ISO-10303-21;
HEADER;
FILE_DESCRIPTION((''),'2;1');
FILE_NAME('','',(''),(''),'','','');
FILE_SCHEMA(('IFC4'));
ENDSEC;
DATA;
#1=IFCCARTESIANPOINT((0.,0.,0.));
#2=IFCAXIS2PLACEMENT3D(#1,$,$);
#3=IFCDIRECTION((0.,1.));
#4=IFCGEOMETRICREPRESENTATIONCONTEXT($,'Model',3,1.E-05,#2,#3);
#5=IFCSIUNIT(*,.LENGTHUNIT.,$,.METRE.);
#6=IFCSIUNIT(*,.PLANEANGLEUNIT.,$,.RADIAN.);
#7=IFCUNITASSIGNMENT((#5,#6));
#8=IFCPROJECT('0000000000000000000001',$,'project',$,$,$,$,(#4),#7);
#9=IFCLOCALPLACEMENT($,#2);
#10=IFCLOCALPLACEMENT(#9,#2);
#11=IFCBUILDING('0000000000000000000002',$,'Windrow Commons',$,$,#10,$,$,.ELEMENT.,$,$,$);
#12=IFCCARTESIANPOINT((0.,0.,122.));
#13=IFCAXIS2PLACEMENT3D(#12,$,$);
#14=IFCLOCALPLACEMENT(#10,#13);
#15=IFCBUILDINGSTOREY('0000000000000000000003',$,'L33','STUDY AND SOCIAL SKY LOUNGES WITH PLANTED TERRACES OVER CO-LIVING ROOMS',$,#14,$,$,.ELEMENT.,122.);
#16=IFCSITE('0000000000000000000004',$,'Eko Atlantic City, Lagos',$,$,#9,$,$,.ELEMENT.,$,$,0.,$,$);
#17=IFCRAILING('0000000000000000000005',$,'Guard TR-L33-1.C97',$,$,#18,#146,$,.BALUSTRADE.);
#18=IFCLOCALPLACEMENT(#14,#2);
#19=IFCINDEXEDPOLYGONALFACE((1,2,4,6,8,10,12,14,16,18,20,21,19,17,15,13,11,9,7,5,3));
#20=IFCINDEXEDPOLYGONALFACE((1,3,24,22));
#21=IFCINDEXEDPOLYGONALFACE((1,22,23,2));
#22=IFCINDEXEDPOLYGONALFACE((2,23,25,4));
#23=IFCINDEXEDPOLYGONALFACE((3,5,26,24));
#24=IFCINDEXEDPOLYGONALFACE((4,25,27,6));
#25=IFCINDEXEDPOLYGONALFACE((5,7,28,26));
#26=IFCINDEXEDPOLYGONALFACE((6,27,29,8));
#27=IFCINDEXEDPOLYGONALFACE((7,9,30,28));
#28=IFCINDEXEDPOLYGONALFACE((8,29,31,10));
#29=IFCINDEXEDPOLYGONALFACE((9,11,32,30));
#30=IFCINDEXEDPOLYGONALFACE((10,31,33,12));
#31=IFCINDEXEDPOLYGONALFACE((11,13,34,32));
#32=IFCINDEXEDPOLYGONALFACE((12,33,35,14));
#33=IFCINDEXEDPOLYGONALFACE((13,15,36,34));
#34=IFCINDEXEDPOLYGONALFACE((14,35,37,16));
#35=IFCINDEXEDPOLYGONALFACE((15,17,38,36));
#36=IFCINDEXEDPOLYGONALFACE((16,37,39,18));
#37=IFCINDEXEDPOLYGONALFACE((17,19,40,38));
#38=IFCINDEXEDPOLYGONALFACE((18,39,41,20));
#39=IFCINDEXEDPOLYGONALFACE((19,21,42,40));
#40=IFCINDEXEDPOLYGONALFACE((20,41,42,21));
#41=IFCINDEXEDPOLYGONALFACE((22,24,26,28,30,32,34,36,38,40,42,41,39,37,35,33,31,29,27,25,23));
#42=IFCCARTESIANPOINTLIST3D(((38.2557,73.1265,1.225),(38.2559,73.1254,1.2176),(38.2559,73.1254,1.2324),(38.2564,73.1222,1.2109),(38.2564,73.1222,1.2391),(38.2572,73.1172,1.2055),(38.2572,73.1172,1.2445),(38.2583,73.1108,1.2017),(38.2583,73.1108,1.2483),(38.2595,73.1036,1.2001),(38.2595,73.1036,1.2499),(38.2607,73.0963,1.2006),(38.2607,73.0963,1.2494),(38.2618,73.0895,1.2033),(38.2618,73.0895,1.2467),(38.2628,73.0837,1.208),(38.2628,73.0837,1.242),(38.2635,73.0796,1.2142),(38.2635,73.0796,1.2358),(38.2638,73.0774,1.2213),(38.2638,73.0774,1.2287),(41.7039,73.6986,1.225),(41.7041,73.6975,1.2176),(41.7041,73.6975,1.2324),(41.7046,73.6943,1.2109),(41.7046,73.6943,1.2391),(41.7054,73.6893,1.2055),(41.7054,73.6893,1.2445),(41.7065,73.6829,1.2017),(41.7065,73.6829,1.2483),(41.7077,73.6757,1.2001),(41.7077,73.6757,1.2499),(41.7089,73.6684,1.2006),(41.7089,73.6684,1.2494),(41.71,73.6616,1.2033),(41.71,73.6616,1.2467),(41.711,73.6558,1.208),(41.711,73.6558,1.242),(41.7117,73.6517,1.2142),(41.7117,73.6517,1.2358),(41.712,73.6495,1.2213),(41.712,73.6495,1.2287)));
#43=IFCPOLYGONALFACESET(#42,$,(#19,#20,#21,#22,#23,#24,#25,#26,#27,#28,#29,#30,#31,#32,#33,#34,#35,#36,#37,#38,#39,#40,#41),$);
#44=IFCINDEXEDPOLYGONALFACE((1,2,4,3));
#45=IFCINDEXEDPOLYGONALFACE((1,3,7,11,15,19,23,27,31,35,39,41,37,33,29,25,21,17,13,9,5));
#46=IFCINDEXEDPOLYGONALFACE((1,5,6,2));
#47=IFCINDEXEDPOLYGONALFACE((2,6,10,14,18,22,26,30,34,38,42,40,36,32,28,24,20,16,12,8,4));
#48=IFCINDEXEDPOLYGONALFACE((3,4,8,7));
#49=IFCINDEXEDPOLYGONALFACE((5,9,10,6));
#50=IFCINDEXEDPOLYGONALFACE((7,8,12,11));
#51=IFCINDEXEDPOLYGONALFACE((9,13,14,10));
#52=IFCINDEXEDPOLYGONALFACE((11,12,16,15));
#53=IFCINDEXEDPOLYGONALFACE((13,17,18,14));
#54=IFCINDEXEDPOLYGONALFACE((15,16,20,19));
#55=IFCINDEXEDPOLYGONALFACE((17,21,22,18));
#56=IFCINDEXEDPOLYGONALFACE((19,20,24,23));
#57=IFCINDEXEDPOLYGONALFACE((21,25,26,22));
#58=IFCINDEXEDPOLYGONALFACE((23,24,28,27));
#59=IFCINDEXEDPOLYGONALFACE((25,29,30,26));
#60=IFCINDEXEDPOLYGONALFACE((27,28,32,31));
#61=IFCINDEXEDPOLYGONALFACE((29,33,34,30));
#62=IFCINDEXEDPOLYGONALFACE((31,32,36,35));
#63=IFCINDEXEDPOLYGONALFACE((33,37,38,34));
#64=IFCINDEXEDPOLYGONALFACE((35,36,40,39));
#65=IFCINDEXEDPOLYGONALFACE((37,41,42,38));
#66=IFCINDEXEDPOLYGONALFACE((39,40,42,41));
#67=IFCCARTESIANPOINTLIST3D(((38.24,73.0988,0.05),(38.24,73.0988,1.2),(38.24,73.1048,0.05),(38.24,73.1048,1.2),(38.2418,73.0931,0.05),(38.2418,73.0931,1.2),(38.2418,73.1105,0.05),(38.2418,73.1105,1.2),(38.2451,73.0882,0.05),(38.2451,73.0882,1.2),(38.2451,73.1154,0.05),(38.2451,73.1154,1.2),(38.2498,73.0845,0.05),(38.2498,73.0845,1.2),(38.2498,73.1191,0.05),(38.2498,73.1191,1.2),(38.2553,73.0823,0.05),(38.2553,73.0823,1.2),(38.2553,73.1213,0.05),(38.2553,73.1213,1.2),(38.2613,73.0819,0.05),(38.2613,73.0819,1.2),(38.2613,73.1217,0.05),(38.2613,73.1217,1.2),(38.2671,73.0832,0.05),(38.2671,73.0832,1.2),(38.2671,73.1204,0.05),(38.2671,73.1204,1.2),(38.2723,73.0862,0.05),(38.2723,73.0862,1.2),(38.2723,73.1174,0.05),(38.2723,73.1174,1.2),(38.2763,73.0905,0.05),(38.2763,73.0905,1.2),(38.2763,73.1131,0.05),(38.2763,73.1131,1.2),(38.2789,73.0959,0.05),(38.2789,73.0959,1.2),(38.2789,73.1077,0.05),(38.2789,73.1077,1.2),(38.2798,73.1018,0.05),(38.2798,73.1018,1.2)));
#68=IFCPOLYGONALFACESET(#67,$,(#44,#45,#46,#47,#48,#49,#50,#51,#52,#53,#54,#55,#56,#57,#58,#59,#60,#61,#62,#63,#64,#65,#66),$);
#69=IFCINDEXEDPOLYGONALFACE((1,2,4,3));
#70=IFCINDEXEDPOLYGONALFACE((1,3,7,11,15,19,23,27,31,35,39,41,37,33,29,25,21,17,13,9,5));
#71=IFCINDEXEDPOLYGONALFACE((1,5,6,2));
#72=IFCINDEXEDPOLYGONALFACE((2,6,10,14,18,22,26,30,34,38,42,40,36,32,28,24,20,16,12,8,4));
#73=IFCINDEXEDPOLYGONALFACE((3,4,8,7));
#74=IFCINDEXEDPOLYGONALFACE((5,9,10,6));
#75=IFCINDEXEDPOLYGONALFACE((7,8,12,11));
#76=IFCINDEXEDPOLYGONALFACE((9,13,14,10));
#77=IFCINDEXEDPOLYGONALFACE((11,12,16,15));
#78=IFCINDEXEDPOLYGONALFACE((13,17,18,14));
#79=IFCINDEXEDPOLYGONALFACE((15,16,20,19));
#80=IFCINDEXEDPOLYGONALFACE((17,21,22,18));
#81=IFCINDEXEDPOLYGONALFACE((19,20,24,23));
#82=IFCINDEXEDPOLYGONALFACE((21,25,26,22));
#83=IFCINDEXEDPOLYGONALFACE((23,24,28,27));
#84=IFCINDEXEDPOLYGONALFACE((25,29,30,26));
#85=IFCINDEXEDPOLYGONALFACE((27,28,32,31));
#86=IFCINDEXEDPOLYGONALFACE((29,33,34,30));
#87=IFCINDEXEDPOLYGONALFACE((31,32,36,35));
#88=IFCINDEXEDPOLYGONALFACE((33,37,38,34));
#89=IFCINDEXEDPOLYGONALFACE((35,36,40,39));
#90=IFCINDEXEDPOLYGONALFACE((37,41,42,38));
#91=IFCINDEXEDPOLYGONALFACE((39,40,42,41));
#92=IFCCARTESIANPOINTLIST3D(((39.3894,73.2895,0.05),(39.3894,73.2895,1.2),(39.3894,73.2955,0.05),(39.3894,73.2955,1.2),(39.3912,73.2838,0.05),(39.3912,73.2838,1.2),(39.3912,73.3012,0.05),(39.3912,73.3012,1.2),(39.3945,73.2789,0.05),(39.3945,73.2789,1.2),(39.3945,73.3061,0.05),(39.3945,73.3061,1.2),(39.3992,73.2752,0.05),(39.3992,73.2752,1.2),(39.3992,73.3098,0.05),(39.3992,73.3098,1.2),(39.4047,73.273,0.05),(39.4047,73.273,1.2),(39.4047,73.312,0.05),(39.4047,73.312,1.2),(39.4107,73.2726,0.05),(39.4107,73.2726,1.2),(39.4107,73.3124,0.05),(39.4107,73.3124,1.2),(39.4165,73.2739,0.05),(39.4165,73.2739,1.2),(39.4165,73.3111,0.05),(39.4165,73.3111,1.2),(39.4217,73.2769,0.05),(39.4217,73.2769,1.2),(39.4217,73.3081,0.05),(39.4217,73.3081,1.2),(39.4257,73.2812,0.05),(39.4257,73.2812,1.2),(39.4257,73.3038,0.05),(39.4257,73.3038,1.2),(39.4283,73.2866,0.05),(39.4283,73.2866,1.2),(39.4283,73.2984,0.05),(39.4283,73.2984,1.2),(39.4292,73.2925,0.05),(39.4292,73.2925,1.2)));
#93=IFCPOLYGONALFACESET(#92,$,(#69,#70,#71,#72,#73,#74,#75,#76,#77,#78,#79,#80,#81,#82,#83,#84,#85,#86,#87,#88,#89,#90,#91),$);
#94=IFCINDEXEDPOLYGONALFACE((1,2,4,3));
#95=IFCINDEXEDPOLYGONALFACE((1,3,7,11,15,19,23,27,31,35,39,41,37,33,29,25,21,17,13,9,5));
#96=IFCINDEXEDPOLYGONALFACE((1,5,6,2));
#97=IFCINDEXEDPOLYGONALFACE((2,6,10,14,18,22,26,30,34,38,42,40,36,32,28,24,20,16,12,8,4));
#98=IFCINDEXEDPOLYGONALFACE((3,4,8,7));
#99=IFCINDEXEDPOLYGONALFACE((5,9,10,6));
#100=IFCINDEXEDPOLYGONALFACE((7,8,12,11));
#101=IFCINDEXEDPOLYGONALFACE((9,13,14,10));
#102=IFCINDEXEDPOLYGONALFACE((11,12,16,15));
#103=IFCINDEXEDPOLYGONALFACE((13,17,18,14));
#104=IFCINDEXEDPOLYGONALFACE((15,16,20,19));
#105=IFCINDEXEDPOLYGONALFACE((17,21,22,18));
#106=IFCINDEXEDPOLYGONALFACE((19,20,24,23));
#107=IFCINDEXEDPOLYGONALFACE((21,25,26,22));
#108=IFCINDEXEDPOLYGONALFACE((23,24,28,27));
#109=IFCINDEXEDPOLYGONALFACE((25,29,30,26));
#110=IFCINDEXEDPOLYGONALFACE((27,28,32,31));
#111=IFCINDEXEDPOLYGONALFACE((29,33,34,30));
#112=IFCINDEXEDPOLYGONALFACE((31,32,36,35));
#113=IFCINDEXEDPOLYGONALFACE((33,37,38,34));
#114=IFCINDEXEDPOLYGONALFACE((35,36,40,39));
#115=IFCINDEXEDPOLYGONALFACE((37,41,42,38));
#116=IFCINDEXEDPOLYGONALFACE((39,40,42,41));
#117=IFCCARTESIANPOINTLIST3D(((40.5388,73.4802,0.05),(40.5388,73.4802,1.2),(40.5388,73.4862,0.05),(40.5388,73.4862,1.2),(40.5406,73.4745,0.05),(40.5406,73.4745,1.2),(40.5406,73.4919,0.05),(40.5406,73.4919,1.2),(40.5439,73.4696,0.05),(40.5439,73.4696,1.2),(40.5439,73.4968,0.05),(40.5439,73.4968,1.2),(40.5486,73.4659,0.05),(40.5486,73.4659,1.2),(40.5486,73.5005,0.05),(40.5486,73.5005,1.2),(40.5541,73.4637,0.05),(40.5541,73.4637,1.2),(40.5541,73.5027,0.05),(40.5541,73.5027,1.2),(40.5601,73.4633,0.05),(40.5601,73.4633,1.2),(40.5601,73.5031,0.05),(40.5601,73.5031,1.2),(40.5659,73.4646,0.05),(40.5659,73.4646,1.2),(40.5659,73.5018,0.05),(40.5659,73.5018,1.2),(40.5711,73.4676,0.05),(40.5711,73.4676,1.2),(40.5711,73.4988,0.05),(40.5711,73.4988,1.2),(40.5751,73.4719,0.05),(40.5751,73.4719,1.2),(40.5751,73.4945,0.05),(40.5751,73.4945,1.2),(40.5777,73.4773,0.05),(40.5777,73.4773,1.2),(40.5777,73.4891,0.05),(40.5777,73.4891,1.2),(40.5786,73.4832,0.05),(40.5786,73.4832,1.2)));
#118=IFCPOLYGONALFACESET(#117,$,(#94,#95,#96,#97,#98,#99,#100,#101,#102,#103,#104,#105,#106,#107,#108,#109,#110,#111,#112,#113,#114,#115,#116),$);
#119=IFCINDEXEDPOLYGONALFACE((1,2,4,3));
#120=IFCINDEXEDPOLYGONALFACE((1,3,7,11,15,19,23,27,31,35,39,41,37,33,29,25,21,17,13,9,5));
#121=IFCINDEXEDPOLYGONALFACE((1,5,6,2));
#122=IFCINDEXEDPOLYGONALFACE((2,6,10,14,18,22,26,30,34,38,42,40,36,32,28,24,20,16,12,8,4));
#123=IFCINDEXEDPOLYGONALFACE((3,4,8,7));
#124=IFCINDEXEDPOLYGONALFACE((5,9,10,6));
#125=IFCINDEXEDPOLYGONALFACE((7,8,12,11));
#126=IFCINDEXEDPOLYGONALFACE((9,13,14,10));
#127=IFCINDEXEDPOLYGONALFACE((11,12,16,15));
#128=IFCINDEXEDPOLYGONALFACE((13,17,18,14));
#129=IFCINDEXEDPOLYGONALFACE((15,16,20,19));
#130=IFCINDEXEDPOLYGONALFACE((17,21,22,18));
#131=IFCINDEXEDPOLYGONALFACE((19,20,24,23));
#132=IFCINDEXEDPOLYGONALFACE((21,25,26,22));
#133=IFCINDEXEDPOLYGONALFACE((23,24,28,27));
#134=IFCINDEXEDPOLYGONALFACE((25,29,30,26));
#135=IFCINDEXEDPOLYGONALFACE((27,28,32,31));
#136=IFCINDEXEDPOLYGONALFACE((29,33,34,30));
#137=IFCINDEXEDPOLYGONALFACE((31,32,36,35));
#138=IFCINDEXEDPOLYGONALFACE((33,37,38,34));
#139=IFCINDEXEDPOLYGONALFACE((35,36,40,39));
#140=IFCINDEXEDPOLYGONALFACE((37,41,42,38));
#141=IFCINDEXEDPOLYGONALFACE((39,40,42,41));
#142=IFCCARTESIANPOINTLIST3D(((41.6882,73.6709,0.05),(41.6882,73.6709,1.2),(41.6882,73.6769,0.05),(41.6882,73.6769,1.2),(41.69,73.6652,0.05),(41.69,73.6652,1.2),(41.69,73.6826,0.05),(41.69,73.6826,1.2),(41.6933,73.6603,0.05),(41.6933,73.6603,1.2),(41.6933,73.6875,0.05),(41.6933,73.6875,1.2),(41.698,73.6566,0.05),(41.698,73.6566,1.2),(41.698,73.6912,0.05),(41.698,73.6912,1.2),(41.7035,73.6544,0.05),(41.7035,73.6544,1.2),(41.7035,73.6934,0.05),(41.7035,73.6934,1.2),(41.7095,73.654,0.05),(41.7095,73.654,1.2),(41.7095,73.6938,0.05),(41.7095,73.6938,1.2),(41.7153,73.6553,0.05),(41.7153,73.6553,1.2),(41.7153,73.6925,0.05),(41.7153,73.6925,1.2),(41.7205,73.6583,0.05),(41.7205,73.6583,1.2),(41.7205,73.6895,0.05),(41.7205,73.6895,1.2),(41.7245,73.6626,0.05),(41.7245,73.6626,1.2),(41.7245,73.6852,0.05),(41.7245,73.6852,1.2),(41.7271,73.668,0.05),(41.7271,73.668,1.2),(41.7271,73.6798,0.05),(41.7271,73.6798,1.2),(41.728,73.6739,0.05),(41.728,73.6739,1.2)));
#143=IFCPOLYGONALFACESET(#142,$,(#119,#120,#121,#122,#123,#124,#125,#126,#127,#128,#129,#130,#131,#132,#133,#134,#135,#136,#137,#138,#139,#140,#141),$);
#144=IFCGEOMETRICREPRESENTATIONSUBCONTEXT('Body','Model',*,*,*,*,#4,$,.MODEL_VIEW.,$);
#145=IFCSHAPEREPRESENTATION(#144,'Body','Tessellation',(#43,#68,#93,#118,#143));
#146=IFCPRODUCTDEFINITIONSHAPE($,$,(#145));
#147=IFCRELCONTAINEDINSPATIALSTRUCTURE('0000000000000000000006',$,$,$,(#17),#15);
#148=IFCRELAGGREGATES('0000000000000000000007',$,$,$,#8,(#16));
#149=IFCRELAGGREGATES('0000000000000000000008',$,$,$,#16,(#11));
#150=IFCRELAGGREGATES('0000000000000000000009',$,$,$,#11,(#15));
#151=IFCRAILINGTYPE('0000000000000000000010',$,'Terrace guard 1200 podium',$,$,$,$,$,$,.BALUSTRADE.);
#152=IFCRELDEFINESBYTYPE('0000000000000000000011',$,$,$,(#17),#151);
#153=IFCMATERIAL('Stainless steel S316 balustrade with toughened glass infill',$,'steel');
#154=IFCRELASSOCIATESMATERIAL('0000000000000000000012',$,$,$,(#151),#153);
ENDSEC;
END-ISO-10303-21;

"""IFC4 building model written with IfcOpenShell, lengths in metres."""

from ifc_helpers import new_model, si_unit, direction, frame, origin, origin_2d, place, context, subcontext, project, spatial, circle, extrude, material, type_object, element, save


model = new_model("IFC4")

# Units and contexts
model_context = context("Model", 3, precision=1e-05, world=origin(), true_north=direction((0.0, 1.0)))
body_context = subcontext(model_context, "Body", "Model", "MODEL_VIEW")
ifc_project = project(units=[si_unit("LENGTHUNIT", "METRE"), si_unit("PLANEANGLEUNIT", "RADIAN")], contexts=[model_context])

# Site, building, storey
site_placement = place(None, origin())
site = spatial("IfcSite", under=ifc_project, at=site_placement, Name="Eko Atlantic City, Lagos", CompositionType="ELEMENT", RefElevation=0.0)
building_placement = place(site_placement, origin())
building = spatial("IfcBuilding", under=site, at=building_placement, Name="Windrow Commons", CompositionType="ELEMENT")
storey_placement = place(building_placement, frame((0.0, 0.0, 122.0)))
storey = spatial("IfcBuildingStorey", under=building, at=storey_placement, Name="L33", Description="STUDY AND SOCIAL SKY LOUNGES WITH PLANTED TERRACES OVER CO-LIVING ROOMS", CompositionType="ELEMENT", Elevation=122.0)

# Railing
ifc_material_1 = material(Name="Stainless steel S316 balustrade with toughened glass infill", Category="steel")
railing_type = type_object("IfcRailingType", Name="Terrace guard 1200 podium", PredefinedType="BALUSTRADE", material=ifc_material_1)
railing_1_placement = place(storey_placement, frame((38.2598, 73.1018, 0.05)))
element("IfcRailing", 1, at=railing_1_placement, inside=storey, type_object=railing_type, Name="Guard TR-L33-1.C97", PredefinedType="BALUSTRADE", context=body_context, shape_type="SweptSolid", body=[
    extrude(circle(Radius=0.025, at=origin_2d()), frame((0.0, 0.0, 1.175), z_axis=(0.986514, 0.163675, 0.0), x_axis=(-0.163675, 0.986514, 0.0)), (0.0, 0.0, 1.0), 3.4953),
    extrude(circle(Radius=0.02, at=origin_2d()), origin(), (0.0, 0.0, 1.0), 1.15),
    extrude(circle(Radius=0.02, at=origin_2d()), frame((1.1494, 0.1907, 0.0)), (0.0, 0.0, 1.0), 1.15),
    extrude(circle(Radius=0.02, at=origin_2d()), frame((2.2988, 0.3814, 0.0)), (0.0, 0.0, 1.0), 1.15),
    extrude(circle(Radius=0.02, at=origin_2d()), frame((3.4482, 0.5721, 0.0)), (0.0, 0.0, 1.0), 1.15),
])

save(model, "model.ifc")
